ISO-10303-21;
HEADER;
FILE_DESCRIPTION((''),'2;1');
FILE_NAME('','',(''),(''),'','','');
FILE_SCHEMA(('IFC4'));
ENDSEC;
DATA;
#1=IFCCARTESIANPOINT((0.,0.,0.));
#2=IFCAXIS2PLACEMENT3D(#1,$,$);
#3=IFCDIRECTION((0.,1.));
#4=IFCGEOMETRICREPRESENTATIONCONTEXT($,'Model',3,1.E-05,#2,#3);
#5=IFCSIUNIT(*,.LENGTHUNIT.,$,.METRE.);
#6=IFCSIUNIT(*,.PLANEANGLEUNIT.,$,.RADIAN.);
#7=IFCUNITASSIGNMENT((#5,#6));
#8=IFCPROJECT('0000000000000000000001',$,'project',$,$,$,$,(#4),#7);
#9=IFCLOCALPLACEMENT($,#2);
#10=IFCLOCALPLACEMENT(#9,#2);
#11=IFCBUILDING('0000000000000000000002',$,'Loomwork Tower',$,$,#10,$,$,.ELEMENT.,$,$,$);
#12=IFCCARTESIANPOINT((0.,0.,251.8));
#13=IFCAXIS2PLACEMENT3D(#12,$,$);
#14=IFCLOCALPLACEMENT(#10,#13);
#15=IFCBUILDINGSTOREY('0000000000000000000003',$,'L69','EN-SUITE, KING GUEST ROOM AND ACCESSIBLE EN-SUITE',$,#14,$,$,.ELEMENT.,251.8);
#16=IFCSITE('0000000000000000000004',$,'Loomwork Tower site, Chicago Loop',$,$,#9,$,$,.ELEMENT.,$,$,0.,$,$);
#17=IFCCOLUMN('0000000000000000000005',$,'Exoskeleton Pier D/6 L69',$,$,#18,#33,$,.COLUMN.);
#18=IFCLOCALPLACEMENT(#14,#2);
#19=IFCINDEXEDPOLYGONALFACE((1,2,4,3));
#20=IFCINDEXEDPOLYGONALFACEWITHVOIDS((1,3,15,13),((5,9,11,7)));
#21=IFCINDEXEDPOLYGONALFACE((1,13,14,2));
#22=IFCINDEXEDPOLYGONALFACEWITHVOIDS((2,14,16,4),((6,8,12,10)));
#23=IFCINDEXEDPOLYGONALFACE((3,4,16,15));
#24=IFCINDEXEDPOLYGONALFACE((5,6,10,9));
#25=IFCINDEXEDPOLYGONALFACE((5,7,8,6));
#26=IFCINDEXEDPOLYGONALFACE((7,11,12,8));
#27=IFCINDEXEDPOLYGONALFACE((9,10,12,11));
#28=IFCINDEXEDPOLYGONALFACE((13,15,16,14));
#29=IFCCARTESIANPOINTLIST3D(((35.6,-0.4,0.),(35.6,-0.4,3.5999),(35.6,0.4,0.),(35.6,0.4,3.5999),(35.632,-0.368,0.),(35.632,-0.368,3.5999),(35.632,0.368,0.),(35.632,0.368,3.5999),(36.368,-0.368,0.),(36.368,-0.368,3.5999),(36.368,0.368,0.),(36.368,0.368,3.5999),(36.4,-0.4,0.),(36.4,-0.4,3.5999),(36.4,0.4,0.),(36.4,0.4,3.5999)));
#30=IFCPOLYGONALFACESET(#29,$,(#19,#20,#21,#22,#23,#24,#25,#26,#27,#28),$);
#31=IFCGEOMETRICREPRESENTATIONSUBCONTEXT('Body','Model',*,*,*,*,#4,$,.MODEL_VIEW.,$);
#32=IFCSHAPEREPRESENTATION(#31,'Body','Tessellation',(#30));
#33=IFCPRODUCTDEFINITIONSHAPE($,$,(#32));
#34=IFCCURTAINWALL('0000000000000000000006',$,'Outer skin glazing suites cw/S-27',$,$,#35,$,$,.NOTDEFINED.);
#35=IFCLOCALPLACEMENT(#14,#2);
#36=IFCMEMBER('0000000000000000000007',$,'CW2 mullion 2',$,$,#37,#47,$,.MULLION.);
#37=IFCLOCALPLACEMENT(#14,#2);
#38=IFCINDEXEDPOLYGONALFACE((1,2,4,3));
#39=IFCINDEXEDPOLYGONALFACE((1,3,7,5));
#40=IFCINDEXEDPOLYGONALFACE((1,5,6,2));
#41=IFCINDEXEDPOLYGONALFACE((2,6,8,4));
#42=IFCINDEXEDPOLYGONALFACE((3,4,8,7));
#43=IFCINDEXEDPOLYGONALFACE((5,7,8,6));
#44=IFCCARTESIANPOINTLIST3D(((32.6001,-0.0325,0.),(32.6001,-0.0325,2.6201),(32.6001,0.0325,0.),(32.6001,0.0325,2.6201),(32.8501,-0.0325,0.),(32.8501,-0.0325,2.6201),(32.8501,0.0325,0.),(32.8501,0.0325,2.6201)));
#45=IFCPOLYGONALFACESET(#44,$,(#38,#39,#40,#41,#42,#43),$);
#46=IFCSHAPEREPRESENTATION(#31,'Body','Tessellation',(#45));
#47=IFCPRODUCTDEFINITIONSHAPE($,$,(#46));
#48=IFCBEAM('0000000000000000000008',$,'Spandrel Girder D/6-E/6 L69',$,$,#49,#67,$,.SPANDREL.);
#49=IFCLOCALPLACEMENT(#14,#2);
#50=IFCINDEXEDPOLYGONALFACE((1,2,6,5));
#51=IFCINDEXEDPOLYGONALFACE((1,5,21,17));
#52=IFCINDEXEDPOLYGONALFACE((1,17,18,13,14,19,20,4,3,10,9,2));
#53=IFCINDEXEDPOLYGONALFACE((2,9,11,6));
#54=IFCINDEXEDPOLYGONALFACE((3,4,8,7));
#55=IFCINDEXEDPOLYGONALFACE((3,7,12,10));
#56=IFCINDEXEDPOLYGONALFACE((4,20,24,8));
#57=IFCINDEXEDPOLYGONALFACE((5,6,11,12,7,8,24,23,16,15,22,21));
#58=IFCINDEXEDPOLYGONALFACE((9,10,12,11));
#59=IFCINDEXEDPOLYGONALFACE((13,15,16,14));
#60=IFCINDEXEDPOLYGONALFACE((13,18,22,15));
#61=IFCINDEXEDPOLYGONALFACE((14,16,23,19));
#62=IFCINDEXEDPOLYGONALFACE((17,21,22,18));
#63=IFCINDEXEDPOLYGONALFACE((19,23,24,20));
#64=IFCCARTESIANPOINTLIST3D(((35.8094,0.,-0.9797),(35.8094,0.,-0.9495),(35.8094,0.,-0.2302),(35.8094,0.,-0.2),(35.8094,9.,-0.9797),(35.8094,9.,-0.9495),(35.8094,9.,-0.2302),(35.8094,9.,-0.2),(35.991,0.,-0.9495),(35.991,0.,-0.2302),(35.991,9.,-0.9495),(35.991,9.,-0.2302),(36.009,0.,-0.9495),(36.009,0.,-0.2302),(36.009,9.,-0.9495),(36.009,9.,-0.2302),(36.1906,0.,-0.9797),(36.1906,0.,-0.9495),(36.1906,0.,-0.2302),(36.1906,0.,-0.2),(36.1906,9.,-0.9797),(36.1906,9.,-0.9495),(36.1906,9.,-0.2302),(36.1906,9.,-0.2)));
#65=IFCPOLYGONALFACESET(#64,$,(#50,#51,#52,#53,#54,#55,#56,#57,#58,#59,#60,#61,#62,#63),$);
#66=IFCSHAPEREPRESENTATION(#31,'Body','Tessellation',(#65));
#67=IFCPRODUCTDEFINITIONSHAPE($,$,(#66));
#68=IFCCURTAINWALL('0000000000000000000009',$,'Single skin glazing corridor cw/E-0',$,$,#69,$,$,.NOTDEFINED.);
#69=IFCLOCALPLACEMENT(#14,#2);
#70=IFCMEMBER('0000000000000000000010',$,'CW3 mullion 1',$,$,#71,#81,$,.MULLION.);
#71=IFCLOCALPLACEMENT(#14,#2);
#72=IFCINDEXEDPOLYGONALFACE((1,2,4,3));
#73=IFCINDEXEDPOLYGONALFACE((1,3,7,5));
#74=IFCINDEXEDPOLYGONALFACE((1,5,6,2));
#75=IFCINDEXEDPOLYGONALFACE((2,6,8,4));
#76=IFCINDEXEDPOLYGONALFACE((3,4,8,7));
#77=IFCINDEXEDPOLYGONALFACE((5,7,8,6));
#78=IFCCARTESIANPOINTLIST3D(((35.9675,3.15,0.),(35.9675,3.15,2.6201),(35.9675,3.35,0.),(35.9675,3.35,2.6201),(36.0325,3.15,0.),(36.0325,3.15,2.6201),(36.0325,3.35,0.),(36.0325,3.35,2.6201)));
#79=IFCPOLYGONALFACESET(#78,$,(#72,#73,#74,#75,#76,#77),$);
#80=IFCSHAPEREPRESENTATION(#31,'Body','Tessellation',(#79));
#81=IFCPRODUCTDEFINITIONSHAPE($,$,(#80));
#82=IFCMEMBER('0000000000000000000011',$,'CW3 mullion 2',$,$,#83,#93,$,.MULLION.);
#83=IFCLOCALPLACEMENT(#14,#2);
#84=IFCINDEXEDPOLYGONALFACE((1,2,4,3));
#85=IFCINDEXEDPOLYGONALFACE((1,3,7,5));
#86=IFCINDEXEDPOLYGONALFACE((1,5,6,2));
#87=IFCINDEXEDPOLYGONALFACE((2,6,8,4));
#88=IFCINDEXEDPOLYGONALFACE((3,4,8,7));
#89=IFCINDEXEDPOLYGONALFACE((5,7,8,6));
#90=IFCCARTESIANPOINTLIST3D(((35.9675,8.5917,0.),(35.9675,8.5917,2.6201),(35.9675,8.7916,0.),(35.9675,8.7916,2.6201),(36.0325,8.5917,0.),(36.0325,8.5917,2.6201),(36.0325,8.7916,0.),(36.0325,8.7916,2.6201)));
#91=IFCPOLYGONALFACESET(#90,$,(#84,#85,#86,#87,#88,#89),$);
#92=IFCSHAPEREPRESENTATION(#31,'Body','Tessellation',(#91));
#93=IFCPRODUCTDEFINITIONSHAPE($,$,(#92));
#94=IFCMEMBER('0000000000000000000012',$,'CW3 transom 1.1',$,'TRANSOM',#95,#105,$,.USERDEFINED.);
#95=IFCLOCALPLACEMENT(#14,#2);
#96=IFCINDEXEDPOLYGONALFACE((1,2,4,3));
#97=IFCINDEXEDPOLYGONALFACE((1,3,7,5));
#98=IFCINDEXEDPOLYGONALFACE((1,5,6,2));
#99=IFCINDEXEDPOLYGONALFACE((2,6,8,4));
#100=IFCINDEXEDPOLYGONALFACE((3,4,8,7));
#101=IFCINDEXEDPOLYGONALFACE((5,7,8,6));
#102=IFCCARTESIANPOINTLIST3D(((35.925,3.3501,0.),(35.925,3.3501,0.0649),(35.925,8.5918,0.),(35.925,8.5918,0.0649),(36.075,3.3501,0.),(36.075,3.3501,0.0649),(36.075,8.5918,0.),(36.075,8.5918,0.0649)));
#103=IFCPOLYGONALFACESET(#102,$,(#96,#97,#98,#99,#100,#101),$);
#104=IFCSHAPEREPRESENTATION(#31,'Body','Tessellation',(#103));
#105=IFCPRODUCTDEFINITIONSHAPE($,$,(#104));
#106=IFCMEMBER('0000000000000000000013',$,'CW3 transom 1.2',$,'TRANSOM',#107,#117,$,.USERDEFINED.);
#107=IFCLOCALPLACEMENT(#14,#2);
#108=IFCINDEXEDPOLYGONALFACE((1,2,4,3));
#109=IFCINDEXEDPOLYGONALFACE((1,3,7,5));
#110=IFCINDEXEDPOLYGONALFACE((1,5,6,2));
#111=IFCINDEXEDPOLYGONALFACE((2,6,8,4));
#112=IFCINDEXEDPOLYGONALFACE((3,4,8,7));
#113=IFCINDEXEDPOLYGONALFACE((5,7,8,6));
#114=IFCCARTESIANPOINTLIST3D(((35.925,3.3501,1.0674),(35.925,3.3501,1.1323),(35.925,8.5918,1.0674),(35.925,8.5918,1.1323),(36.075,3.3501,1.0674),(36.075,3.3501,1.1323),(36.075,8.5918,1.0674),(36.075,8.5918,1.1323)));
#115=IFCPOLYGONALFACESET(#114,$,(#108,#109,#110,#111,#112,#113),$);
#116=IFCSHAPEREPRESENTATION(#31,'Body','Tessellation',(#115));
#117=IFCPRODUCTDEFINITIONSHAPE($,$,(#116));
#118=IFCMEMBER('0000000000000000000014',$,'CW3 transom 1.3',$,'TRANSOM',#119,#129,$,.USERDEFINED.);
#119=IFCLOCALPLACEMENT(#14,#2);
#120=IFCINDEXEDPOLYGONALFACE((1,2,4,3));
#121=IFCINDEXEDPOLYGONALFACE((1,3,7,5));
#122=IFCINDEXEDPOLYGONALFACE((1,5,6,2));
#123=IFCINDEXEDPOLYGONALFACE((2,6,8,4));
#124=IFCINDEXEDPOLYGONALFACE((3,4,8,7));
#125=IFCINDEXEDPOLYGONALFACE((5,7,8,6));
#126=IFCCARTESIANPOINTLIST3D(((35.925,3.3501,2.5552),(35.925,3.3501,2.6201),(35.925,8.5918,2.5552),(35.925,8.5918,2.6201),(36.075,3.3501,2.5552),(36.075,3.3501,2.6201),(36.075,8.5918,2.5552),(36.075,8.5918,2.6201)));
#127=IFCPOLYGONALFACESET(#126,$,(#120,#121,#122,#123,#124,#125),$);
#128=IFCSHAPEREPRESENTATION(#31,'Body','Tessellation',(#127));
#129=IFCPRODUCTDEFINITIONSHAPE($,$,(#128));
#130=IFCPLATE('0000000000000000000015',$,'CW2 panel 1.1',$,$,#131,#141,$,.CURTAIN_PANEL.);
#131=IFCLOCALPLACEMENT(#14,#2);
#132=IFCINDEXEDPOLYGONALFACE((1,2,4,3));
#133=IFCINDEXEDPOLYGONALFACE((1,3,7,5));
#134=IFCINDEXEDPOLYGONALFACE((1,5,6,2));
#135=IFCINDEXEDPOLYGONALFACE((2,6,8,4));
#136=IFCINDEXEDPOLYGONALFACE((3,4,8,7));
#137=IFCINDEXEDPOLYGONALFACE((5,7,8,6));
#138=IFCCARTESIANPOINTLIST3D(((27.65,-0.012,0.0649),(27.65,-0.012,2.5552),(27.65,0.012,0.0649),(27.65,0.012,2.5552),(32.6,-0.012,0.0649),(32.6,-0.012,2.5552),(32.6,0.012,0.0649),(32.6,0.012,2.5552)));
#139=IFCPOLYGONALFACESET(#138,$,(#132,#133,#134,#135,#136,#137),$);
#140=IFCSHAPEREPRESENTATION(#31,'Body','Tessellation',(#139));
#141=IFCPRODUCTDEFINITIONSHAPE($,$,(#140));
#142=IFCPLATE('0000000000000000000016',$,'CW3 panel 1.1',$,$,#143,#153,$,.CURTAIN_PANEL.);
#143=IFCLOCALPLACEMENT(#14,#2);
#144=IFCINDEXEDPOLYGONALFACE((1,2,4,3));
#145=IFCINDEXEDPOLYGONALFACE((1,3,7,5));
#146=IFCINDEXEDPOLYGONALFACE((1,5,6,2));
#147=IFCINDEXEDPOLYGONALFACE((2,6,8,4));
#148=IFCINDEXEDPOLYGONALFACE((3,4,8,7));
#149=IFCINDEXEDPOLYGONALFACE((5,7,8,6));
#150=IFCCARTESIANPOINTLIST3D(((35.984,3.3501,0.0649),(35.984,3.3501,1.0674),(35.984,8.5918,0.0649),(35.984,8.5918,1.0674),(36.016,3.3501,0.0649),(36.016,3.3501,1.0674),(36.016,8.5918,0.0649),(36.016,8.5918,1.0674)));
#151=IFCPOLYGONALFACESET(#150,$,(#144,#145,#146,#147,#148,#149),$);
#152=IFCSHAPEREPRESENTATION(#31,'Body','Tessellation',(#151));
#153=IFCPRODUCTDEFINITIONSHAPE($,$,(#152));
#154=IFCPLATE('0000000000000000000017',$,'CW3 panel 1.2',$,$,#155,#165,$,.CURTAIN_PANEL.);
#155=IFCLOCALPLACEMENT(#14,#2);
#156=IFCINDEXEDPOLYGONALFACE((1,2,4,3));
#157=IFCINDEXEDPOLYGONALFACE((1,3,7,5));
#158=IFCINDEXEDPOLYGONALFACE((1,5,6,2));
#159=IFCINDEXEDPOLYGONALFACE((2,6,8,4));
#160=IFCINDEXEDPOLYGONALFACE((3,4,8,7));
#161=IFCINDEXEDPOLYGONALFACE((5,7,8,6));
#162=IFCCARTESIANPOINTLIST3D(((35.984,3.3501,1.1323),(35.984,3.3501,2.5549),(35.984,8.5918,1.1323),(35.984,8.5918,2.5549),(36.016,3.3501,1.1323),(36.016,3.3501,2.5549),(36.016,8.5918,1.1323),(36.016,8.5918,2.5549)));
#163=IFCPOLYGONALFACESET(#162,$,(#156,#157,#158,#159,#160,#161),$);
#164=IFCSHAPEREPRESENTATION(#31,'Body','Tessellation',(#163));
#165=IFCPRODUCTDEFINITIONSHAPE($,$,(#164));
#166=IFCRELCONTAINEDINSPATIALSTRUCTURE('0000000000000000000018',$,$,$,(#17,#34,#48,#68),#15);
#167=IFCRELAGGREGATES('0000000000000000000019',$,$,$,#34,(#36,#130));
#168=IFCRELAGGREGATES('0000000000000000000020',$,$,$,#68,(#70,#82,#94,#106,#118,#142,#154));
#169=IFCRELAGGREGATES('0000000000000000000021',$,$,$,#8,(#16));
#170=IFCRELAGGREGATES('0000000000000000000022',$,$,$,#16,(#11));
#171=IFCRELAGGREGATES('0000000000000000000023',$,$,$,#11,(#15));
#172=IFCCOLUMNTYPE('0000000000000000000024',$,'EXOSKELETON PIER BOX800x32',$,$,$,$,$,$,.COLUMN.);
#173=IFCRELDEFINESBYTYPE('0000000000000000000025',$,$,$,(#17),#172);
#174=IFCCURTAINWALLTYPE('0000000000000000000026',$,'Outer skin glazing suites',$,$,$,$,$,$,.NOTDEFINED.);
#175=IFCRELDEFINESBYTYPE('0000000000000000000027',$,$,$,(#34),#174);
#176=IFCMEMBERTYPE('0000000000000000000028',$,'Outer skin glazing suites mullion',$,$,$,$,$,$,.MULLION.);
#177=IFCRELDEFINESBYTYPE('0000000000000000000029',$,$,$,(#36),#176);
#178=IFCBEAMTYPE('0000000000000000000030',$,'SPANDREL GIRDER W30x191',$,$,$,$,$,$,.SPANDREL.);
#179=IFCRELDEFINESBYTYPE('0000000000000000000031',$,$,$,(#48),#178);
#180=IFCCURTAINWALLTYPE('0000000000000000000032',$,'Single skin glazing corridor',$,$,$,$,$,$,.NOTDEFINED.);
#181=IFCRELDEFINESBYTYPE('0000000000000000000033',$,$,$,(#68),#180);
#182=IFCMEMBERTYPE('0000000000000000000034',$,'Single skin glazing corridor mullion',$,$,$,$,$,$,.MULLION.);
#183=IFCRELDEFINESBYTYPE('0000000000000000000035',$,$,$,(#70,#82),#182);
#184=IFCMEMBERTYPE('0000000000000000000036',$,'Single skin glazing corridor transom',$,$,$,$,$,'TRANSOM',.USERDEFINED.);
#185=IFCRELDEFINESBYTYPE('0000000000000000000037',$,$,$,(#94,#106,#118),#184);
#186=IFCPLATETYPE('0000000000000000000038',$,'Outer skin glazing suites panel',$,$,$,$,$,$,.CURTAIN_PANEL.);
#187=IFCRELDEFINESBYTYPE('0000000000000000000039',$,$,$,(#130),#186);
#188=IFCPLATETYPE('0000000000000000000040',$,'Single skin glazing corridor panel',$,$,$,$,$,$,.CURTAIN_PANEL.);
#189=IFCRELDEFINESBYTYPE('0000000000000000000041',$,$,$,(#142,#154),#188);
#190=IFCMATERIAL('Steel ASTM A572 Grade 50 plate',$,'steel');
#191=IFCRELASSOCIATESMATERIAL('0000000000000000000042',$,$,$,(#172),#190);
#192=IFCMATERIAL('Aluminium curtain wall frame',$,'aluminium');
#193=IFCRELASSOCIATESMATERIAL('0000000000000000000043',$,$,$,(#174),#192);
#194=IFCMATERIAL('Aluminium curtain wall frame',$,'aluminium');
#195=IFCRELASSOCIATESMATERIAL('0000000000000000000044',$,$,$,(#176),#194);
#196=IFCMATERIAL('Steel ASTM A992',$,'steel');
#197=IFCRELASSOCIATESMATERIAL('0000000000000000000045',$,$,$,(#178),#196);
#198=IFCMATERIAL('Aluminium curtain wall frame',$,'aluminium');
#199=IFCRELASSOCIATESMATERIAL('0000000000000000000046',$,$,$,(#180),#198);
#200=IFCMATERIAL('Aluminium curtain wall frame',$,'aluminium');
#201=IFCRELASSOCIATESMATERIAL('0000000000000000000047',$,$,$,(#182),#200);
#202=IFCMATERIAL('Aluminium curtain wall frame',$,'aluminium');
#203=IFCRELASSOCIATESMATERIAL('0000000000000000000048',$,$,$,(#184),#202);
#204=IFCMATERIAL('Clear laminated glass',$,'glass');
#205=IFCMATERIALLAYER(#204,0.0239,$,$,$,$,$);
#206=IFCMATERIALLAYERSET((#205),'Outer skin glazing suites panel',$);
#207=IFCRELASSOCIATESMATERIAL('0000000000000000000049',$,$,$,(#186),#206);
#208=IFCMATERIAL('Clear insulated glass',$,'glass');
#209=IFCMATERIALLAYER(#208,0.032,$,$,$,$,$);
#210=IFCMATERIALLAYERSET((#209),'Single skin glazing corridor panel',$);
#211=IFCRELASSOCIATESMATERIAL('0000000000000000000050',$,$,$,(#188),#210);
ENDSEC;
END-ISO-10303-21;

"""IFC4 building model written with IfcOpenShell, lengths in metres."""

from ifc_helpers import new_model, si_unit, direction, frame, origin, origin_2d, place, context, subcontext, project, spatial, rectangle, hollow_rectangle, i_section, extrude, material, layer, layer_set, material_profile, profile_set, type_object, element, aggregate, save


model = new_model("IFC4")

# Units and contexts
model_context = context("Model", 3, precision=1e-05, world=origin(), true_north=direction((0.0, 1.0)))
body_context = subcontext(model_context, "Body", "Model", "MODEL_VIEW")
ifc_project = project(units=[si_unit("LENGTHUNIT", "METRE"), si_unit("PLANEANGLEUNIT", "RADIAN")], contexts=[model_context])

# Site, building, storey
site_placement = place(None, origin())
site = spatial("IfcSite", under=ifc_project, at=site_placement, Name="Loomwork Tower site, Chicago Loop", CompositionType="ELEMENT", RefElevation=0.0)
building_placement = place(site_placement, origin())
building = spatial("IfcBuilding", under=site, at=building_placement, Name="Loomwork Tower", CompositionType="ELEMENT")
storey_placement = place(building_placement, frame((0.0, 0.0, 251.8)))
storey = spatial("IfcBuildingStorey", under=building, at=storey_placement, Name="L69", Description="EN-SUITE, KING GUEST ROOM AND ACCESSIBLE EN-SUITE", CompositionType="ELEMENT", Elevation=251.8)

# Column
ifc_material_1 = material(Name="Steel ASTM A572 Grade 50 plate", Category="steel")
ifc_material_profile_1 = material_profile(ifc_material_1, hollow_rectangle(XDim=0.8, YDim=0.8, WallThickness=0.032, at=origin_2d()), Name="BOX800x32")
ifc_profile_set_1 = profile_set([ifc_material_profile_1], Name="Steel ASTM A572 Grade 50 plate")
column_type = type_object("IfcColumnType", Name="EXOSKELETON PIER BOX800x32", PredefinedType="COLUMN", material=ifc_profile_set_1)
column_placement = place(storey_placement, frame((36.0, 0.0, 0.0), z_axis=(0.0, 0.0, 1.0), x_axis=(1.0, 0.0, 0.0)))
element("IfcColumn", 1, at=column_placement, inside=storey, type_object=column_type, Name="Exoskeleton Pier D/6 L69", PredefinedType="COLUMN", context=body_context, shape_type="SweptSolid", body=[
    extrude(hollow_rectangle(XDim=0.8, YDim=0.8, WallThickness=0.032, at=origin_2d()), origin(), (0.0, 0.0, 1.0), 3.5999),
])

# Curtain wall, member
ifc_material_2 = material(Name="Aluminium curtain wall frame", Category="aluminium")
curtain_wall_type_1 = type_object("IfcCurtainWallType", Name="Outer skin glazing suites", PredefinedType="NOTDEFINED", material=ifc_material_2)
curtain_wall_1_placement = place(storey_placement, origin())
curtain_wall_1 = element("IfcCurtainWall", 2, at=curtain_wall_1_placement, inside=storey, type_object=curtain_wall_type_1, Name="Outer skin glazing suites cw/S-27", PredefinedType="NOTDEFINED")
ifc_material_3 = material(Name="Aluminium curtain wall frame", Category="aluminium")
ifc_material_profile_2 = material_profile(ifc_material_3, rectangle(XDim=0.0649, YDim=0.25, at=origin_2d()), Name="AL 65x250")
ifc_profile_set_2 = profile_set([ifc_material_profile_2], Name="Aluminium curtain wall frame")
member_type_1 = type_object("IfcMemberType", Name="Outer skin glazing suites mullion", PredefinedType="MULLION", material=ifc_profile_set_2)
member_1_placement = place(storey_placement, frame((32.7251, 0.0, 0.0), z_axis=(0.0, 0.0, 1.0), x_axis=(0.0, 1.0, 0.0)))
member_1 = element("IfcMember", 3, at=member_1_placement, type_object=member_type_1, Name="CW2 mullion 2", PredefinedType="MULLION", context=body_context, shape_type="SweptSolid", body=[
    extrude(rectangle(XDim=0.0649, YDim=0.25, at=origin_2d()), origin(), (0.0, 0.0, 1.0), 2.6201),
])

# Beam
ifc_material_4 = material(Name="Steel ASTM A992", Category="steel")
ifc_material_profile_3 = material_profile(ifc_material_4, i_section(OverallWidth=0.3811, OverallDepth=0.7798, WebThickness=0.0181, FlangeThickness=0.0303, at=origin_2d()), Name="W30x191")
ifc_profile_set_3 = profile_set([ifc_material_profile_3], Name="Steel ASTM A992")
beam_type = type_object("IfcBeamType", Name="SPANDREL GIRDER W30x191", PredefinedType="SPANDREL", material=ifc_profile_set_3)
beam_placement = place(storey_placement, frame((36.0, 0.0, -0.5898), z_axis=(0.0, 1.0, 0.0), x_axis=(-1.0, 0.0, 0.0)))
element("IfcBeam", 4, at=beam_placement, inside=storey, type_object=beam_type, Name="Spandrel Girder D/6-E/6 L69", PredefinedType="SPANDREL", context=body_context, shape_type="SweptSolid", body=[
    extrude(i_section(OverallWidth=0.3811, OverallDepth=0.7798, WebThickness=0.0181, FlangeThickness=0.0303, at=origin_2d()), origin(), (0.0, 0.0, 1.0), 9.0),
])

# Curtain wall, members
ifc_material_5 = material(Name="Aluminium curtain wall frame", Category="aluminium")
curtain_wall_type_2 = type_object("IfcCurtainWallType", Name="Single skin glazing corridor", PredefinedType="NOTDEFINED", material=ifc_material_5)
curtain_wall_2_placement = place(storey_placement, origin())
curtain_wall_2 = element("IfcCurtainWall", 5, at=curtain_wall_2_placement, inside=storey, type_object=curtain_wall_type_2, Name="Single skin glazing corridor cw/E-0", PredefinedType="NOTDEFINED")
ifc_material_6 = material(Name="Aluminium curtain wall frame", Category="aluminium")
ifc_material_profile_4 = material_profile(ifc_material_6, rectangle(XDim=0.0649, YDim=0.2, at=origin_2d()), Name="AL 65x200")
ifc_profile_set_4 = profile_set([ifc_material_profile_4], Name="Aluminium curtain wall frame")
member_type_2 = type_object("IfcMemberType", Name="Single skin glazing corridor mullion", PredefinedType="MULLION", material=ifc_profile_set_4)
member_2_placement = place(storey_placement, frame((36.0, 3.25, 0.0), z_axis=(0.0, 0.0, 1.0), x_axis=(-1.0, 0.0, 0.0)))
member_2 = element("IfcMember", 6, at=member_2_placement, type_object=member_type_2, Name="CW3 mullion 1", PredefinedType="MULLION", context=body_context, shape_type="SweptSolid", body=[
    extrude(rectangle(XDim=0.0649, YDim=0.2, at=origin_2d()), origin(), (0.0, 0.0, 1.0), 2.6201),
])
member_3_placement = place(storey_placement, frame((36.0, 8.6917, 0.0), z_axis=(0.0, 0.0, 1.0), x_axis=(-1.0, 0.0, 0.0)))
member_3 = element("IfcMember", 7, at=member_3_placement, type_object=member_type_2, Name="CW3 mullion 2", PredefinedType="MULLION", context=body_context, shape_type="SweptSolid", body=[
    extrude(rectangle(XDim=0.0649, YDim=0.2, at=origin_2d()), origin(), (0.0, 0.0, 1.0), 2.6201),
])
ifc_material_7 = material(Name="Aluminium curtain wall frame", Category="aluminium")
ifc_material_profile_5 = material_profile(ifc_material_7, rectangle(XDim=0.1499, YDim=0.0649, at=origin_2d()), Name="AL 65x150")
ifc_profile_set_5 = profile_set([ifc_material_profile_5], Name="Aluminium curtain wall frame")
member_type_3 = type_object("IfcMemberType", Name="Single skin glazing corridor transom", ElementType="TRANSOM", PredefinedType="USERDEFINED", material=ifc_profile_set_5)
member_4_placement = place(storey_placement, frame((36.0, 3.3501, 0.0325), z_axis=(0.0, 1.0, 0.0), x_axis=(-1.0, 0.0, 0.0)))
member_4 = element("IfcMember", 8, at=member_4_placement, type_object=member_type_3, Name="CW3 transom 1.1", ObjectType="TRANSOM", PredefinedType="USERDEFINED", context=body_context, shape_type="SweptSolid", body=[
    extrude(rectangle(XDim=0.1499, YDim=0.0649, at=origin_2d()), origin(), (0.0, 0.0, 1.0), 5.2417),
])
member_5_placement = place(storey_placement, frame((36.0, 3.3501, 1.0999), z_axis=(0.0, 1.0, 0.0), x_axis=(-1.0, 0.0, 0.0)))
member_5 = element("IfcMember", 9, at=member_5_placement, type_object=member_type_3, Name="CW3 transom 1.2", ObjectType="TRANSOM", PredefinedType="USERDEFINED", context=body_context, shape_type="SweptSolid", body=[
    extrude(rectangle(XDim=0.1499, YDim=0.0649, at=origin_2d()), origin(), (0.0, 0.0, 1.0), 5.2417),
])
member_6_placement = place(storey_placement, frame((36.0, 3.3501, 2.5876), z_axis=(0.0, 1.0, 0.0), x_axis=(-1.0, 0.0, 0.0)))
member_6 = element("IfcMember", 10, at=member_6_placement, type_object=member_type_3, Name="CW3 transom 1.3", ObjectType="TRANSOM", PredefinedType="USERDEFINED", context=body_context, shape_type="SweptSolid", body=[
    extrude(rectangle(XDim=0.1499, YDim=0.0649, at=origin_2d()), origin(), (0.0, 0.0, 1.0), 5.2417),
])

# Plates
ifc_material_8 = material(Name="Clear laminated glass", Category="glass")
ifc_layer_1 = layer(ifc_material_8, 0.0239)
ifc_layer_set_1 = layer_set([ifc_layer_1], Name="Outer skin glazing suites panel")
plate_type_1 = type_object("IfcPlateType", Name="Outer skin glazing suites panel", PredefinedType="CURTAIN_PANEL", material=ifc_layer_set_1)
plate_1_placement = place(storey_placement, frame((30.125, 0.0, 0.0649), z_axis=(0.0, 0.0, 1.0), x_axis=(1.0, 0.0, 0.0)))
plate_1 = element("IfcPlate", 11, at=plate_1_placement, type_object=plate_type_1, Name="CW2 panel 1.1", PredefinedType="CURTAIN_PANEL", context=body_context, shape_type="SweptSolid", body=[
    extrude(rectangle(XDim=4.95, YDim=0.0239, at=origin_2d()), origin(), (0.0, 0.0, 1.0), 2.4902),
])
aggregate(curtain_wall_1, [member_1, plate_1])
ifc_material_9 = material(Name="Clear insulated glass", Category="glass")
ifc_layer_2 = layer(ifc_material_9, 0.032)
ifc_layer_set_2 = layer_set([ifc_layer_2], Name="Single skin glazing corridor panel")
plate_type_2 = type_object("IfcPlateType", Name="Single skin glazing corridor panel", PredefinedType="CURTAIN_PANEL", material=ifc_layer_set_2)
plate_2_placement = place(storey_placement, frame((36.0, 5.9709, 0.0649), z_axis=(0.0, 0.0, 1.0), x_axis=(0.0, 1.0, 0.0)))
plate_2 = element("IfcPlate", 12, at=plate_2_placement, type_object=plate_type_2, Name="CW3 panel 1.1", PredefinedType="CURTAIN_PANEL", context=body_context, shape_type="SweptSolid", body=[
    extrude(rectangle(XDim=5.2417, YDim=0.032, at=origin_2d()), origin(), (0.0, 0.0, 1.0), 1.0024),
])
plate_3_placement = place(storey_placement, frame((36.0, 5.9709, 1.1323), z_axis=(0.0, 0.0, 1.0), x_axis=(0.0, 1.0, 0.0)))
plate_3 = element("IfcPlate", 13, at=plate_3_placement, type_object=plate_type_2, Name="CW3 panel 1.2", PredefinedType="CURTAIN_PANEL", context=body_context, shape_type="SweptSolid", body=[
    extrude(rectangle(XDim=5.2417, YDim=0.032, at=origin_2d()), origin(), (0.0, 0.0, 1.0), 1.4226),
])
aggregate(curtain_wall_2, [member_2, member_3, member_4, member_5, member_6, plate_2, plate_3])

save(model, "model.ifc")
